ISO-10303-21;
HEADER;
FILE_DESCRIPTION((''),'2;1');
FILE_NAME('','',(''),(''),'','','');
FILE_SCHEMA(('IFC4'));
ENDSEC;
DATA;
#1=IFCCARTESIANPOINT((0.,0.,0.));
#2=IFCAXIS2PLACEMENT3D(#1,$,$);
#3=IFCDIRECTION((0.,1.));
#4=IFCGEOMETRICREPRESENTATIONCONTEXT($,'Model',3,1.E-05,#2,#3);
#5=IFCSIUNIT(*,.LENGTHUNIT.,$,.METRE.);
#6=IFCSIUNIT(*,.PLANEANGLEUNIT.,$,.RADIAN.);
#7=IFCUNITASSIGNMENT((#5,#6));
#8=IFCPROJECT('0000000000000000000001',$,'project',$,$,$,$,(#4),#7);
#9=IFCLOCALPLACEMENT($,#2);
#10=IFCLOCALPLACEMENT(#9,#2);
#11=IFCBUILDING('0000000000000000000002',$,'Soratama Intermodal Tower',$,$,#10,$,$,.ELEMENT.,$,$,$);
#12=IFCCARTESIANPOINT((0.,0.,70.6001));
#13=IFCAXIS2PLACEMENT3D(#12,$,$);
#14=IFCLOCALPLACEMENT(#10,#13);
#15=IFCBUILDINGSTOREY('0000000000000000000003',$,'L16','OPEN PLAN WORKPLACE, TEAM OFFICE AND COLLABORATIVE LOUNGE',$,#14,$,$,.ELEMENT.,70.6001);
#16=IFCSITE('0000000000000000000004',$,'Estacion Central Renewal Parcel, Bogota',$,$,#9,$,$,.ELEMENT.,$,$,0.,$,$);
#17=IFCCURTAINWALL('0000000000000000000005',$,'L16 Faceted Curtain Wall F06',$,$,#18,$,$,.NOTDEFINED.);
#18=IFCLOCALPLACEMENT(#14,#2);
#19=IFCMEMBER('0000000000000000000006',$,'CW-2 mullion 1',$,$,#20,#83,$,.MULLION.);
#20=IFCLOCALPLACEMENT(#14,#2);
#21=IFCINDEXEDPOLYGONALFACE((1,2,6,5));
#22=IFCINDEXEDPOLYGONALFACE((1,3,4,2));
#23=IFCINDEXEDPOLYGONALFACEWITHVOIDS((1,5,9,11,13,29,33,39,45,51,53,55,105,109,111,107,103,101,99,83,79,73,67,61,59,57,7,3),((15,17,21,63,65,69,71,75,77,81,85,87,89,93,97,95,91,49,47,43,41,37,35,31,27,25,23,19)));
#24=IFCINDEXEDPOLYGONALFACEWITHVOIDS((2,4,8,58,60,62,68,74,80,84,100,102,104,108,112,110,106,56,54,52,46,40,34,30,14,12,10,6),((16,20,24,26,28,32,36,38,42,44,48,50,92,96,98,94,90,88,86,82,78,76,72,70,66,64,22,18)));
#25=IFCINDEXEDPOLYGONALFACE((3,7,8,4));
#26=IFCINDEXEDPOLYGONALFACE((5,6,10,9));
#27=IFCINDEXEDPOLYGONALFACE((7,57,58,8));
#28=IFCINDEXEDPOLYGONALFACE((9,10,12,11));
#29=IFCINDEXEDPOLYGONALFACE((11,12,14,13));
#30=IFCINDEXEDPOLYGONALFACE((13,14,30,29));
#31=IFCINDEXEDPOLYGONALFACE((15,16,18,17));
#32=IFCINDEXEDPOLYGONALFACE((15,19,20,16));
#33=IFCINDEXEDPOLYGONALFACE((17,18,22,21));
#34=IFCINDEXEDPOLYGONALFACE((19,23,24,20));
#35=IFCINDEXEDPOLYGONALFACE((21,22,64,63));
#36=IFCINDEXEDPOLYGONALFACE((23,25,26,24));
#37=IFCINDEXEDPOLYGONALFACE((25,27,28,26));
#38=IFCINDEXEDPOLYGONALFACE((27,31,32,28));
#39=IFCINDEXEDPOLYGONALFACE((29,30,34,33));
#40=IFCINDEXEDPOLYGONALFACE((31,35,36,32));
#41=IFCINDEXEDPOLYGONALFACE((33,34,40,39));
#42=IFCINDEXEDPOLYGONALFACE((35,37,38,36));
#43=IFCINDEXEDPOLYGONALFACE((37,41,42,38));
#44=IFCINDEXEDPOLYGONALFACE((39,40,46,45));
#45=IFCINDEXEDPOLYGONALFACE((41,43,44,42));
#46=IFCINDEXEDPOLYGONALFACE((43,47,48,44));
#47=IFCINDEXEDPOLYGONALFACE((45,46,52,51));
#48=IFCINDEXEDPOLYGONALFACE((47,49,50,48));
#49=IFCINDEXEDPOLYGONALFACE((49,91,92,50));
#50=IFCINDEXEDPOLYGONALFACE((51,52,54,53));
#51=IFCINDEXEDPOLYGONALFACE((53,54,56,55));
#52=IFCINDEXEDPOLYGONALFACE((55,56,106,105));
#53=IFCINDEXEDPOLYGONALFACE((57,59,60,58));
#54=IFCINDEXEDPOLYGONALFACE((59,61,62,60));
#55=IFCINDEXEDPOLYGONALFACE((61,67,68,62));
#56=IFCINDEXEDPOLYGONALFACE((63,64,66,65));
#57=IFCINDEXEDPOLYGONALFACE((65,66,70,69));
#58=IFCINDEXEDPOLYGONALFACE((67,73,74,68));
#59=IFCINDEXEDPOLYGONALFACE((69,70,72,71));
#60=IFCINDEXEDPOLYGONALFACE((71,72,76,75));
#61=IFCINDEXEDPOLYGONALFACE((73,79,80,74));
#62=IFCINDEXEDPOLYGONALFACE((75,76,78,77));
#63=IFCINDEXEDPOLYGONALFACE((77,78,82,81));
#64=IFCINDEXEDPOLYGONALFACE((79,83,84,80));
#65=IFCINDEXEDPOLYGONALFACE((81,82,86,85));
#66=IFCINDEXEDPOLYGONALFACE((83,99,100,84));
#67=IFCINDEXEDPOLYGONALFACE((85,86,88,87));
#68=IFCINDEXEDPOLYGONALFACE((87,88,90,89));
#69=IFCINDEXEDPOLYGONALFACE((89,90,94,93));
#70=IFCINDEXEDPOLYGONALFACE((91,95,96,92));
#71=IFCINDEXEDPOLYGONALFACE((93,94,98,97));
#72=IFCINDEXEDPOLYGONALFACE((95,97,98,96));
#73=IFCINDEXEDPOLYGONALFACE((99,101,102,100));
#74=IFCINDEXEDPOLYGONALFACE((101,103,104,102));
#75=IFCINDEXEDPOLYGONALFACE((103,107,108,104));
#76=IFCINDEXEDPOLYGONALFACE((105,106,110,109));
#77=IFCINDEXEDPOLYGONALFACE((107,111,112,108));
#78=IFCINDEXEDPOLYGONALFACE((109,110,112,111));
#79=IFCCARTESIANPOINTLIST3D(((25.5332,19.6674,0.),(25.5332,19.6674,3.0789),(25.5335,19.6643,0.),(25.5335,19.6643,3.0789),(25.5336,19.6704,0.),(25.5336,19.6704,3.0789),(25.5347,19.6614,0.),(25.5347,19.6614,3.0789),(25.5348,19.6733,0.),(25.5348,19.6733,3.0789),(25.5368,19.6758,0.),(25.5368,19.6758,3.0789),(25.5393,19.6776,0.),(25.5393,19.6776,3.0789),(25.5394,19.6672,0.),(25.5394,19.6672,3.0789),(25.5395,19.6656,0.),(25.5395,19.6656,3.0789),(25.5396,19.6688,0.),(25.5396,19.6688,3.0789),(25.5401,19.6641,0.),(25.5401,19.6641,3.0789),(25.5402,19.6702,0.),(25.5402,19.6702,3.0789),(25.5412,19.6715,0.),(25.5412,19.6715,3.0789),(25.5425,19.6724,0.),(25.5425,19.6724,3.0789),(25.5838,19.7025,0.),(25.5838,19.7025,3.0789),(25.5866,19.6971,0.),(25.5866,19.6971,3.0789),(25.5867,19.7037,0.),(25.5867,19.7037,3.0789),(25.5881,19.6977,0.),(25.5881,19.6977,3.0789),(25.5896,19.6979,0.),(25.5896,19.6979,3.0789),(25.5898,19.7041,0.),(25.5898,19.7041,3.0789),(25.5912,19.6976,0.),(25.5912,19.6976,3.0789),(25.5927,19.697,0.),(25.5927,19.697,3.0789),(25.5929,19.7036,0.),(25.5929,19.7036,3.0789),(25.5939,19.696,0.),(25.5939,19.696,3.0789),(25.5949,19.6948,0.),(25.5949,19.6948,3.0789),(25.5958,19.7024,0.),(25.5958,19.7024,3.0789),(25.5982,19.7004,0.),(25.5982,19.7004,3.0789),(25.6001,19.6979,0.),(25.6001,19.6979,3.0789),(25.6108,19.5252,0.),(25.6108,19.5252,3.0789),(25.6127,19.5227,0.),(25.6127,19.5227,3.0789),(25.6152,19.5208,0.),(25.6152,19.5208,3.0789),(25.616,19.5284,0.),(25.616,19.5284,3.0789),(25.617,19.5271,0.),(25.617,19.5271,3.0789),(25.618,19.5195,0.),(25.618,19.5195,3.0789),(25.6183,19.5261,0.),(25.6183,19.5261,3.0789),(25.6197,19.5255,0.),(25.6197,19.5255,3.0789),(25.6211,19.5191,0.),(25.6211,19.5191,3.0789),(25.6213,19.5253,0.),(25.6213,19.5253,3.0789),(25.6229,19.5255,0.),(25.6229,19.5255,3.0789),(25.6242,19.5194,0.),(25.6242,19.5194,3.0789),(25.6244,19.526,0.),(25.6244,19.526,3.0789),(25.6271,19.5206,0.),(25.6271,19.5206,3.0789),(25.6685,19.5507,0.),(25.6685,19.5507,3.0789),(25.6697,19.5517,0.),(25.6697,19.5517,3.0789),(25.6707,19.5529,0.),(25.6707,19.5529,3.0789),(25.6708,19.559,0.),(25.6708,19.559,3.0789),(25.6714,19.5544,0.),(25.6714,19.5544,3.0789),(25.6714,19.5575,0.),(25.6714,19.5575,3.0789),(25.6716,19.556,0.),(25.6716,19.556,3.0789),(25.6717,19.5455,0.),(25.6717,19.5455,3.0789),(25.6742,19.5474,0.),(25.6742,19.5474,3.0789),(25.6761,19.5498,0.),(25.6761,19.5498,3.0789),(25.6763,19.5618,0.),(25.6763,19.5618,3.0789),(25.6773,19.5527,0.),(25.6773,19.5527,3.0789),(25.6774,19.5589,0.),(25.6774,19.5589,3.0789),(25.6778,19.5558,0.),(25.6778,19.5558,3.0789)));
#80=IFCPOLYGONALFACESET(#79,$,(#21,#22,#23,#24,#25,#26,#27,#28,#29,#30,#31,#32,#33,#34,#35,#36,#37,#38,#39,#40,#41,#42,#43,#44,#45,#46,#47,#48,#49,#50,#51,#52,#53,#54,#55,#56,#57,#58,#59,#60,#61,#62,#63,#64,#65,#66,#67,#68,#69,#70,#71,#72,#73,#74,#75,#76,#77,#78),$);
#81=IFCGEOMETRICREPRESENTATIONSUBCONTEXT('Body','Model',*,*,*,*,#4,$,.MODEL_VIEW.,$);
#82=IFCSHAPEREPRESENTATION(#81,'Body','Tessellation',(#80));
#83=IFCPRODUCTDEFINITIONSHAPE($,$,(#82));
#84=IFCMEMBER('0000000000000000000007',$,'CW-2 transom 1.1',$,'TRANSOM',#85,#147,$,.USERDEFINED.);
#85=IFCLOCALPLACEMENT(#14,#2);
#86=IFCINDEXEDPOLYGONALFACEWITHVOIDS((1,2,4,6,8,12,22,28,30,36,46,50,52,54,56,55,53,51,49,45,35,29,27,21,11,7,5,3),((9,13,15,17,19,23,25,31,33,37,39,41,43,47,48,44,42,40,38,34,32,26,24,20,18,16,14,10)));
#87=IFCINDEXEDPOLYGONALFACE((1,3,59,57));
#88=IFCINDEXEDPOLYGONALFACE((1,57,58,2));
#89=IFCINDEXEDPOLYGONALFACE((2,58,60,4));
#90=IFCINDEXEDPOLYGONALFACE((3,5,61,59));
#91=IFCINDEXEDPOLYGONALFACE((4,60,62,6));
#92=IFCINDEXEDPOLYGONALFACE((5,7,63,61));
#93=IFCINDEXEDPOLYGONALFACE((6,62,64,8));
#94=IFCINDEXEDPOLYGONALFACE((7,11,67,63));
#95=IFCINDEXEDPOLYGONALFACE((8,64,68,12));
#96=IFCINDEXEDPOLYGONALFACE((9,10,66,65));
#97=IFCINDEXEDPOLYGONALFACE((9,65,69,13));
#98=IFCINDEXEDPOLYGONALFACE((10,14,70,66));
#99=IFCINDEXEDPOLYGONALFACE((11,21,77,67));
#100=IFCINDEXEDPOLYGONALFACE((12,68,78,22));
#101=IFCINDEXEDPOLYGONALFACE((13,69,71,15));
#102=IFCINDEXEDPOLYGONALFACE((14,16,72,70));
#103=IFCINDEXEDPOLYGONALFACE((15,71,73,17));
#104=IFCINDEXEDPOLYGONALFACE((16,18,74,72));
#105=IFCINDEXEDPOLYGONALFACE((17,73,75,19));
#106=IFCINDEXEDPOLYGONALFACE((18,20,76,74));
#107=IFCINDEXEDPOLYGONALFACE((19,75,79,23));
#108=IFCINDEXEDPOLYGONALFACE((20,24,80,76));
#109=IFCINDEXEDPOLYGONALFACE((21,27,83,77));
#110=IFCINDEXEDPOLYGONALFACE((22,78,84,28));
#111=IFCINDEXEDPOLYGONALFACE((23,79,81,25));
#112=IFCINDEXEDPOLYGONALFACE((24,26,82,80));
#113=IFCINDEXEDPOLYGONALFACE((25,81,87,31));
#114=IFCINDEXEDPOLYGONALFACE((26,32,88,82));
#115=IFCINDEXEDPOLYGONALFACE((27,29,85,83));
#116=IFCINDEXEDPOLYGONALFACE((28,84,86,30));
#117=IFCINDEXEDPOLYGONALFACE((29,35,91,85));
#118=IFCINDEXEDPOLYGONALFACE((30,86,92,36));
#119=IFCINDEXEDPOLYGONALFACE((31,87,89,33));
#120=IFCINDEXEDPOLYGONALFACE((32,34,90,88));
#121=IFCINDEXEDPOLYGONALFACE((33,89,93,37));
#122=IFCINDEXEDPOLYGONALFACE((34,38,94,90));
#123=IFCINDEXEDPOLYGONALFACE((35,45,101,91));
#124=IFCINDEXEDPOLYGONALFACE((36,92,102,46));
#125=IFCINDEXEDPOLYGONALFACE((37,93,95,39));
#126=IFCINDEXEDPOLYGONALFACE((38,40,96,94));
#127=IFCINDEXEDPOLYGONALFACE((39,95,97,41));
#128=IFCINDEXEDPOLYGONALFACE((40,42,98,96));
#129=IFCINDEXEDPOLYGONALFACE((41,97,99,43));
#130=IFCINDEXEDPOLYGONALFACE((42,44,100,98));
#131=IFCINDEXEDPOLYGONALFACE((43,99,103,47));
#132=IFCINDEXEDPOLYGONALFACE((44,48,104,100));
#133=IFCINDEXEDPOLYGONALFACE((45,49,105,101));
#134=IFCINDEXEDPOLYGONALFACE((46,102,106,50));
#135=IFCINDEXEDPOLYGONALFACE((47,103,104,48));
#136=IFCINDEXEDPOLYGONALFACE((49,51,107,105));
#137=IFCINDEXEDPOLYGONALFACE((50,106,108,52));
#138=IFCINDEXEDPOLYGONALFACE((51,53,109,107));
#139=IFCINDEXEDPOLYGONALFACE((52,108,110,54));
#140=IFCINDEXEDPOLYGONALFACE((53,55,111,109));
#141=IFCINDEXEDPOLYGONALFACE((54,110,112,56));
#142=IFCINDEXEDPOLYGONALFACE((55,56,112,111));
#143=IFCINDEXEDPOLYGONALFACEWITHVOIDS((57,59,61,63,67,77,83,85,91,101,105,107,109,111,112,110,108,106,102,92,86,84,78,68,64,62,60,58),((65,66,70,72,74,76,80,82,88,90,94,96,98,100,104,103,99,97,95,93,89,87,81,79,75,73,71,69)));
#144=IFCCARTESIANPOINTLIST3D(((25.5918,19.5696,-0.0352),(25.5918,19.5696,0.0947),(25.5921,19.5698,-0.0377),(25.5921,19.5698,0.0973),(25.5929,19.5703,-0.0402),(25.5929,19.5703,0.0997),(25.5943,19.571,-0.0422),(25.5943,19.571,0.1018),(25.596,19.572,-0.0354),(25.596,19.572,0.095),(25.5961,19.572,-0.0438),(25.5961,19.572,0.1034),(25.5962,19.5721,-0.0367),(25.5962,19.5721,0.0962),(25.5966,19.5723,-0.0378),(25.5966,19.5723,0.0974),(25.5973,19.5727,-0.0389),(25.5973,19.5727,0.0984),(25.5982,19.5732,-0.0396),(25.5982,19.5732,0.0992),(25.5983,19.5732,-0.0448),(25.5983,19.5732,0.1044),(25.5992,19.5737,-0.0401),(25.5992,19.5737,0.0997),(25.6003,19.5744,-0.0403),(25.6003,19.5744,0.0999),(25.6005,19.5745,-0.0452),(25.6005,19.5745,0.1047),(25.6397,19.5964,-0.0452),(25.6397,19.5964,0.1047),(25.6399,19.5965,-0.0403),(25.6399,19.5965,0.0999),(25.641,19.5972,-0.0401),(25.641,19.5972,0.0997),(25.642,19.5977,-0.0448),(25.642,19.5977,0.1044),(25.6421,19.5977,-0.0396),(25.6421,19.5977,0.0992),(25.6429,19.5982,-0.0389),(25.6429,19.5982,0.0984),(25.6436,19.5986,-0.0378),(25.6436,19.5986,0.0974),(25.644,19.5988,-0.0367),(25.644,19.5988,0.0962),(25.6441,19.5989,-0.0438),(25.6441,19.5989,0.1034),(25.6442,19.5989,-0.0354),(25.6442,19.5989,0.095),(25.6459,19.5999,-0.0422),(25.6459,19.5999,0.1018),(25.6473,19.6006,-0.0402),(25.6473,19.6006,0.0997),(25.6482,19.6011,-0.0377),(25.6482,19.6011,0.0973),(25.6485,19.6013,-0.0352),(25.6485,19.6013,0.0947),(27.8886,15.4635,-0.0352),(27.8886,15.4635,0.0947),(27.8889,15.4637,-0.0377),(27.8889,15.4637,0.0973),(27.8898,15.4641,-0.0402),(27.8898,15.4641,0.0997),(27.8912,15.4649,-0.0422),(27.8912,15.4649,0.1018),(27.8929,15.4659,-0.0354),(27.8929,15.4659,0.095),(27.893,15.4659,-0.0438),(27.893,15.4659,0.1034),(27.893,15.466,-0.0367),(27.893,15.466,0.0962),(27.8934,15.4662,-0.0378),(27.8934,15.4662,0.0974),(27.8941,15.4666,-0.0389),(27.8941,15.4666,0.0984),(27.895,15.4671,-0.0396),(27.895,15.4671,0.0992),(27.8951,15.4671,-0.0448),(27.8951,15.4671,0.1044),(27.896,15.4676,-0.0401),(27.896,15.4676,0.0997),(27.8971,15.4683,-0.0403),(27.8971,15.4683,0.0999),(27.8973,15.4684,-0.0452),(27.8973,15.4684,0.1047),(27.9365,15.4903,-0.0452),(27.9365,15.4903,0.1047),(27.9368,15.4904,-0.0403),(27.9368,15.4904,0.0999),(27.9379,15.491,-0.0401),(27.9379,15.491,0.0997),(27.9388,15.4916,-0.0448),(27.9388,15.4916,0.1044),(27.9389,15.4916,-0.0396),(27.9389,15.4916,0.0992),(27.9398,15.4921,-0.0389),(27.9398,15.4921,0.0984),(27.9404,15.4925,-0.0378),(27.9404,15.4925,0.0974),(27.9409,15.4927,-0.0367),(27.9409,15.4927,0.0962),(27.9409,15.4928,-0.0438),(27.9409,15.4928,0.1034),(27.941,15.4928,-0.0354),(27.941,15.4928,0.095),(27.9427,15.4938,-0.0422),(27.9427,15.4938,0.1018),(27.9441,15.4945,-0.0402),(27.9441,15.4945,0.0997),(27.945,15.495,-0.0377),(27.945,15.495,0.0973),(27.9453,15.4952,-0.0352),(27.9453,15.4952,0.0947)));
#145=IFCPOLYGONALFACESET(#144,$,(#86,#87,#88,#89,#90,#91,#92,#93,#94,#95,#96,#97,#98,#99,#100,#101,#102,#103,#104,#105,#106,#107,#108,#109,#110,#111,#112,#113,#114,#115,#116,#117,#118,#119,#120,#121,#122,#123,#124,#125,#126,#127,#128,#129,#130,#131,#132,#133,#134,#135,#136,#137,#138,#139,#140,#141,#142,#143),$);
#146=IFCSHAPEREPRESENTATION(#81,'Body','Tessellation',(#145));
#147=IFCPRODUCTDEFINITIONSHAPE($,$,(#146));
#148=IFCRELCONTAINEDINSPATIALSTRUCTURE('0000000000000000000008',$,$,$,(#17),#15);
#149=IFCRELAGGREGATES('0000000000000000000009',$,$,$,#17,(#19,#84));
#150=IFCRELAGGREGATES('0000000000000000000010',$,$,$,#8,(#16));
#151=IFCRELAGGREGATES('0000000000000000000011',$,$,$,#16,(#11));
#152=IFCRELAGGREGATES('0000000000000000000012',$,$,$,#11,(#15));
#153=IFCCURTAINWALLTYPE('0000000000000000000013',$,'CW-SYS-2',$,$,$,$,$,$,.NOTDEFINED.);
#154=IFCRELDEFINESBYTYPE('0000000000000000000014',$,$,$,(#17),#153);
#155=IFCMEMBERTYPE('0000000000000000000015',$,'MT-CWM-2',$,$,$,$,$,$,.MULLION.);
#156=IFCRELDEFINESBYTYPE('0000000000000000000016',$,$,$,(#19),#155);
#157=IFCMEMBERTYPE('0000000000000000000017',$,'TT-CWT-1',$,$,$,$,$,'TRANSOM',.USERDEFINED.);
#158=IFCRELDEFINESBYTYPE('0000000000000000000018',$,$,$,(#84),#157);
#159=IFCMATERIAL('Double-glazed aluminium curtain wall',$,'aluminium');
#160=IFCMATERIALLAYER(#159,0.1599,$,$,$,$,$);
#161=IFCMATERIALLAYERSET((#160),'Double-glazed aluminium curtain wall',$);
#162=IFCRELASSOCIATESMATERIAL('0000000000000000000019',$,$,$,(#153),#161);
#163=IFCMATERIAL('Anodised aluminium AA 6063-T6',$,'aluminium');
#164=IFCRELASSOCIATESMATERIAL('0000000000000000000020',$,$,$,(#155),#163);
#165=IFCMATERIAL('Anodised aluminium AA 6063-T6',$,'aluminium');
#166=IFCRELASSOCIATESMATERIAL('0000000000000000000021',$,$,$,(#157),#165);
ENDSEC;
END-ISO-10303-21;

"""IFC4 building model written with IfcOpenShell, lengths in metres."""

from ifc_helpers import new_model, si_unit, direction, frame, origin, origin_2d, place, context, subcontext, project, spatial, hollow_rectangle, extrude, material, layer, layer_set, material_profile, profile_set, type_object, element, aggregate, save


model = new_model("IFC4")

# Units and contexts
model_context = context("Model", 3, precision=1e-05, world=origin(), true_north=direction((0.0, 1.0)))
body_context = subcontext(model_context, "Body", "Model", "MODEL_VIEW")
ifc_project = project(units=[si_unit("LENGTHUNIT", "METRE"), si_unit("PLANEANGLEUNIT", "RADIAN")], contexts=[model_context])

# Site, building, storey
site_placement = place(None, origin())
site = spatial("IfcSite", under=ifc_project, at=site_placement, Name="Estacion Central Renewal Parcel, Bogota", CompositionType="ELEMENT", RefElevation=0.0)
building_placement = place(site_placement, origin())
building = spatial("IfcBuilding", under=site, at=building_placement, Name="Soratama Intermodal Tower", CompositionType="ELEMENT")
storey_placement = place(building_placement, frame((0.0, 0.0, 70.6001)))
storey = spatial("IfcBuildingStorey", under=building, at=storey_placement, Name="L16", Description="OPEN PLAN WORKPLACE, TEAM OFFICE AND COLLABORATIVE LOUNGE", CompositionType="ELEMENT", Elevation=70.6001)

# Curtain wall, members
ifc_material_1 = material(Name="Double-glazed aluminium curtain wall", Category="aluminium")
ifc_layer_1 = layer(ifc_material_1, 0.1599)
ifc_layer_set_1 = layer_set([ifc_layer_1], Name="Double-glazed aluminium curtain wall")
curtain_wall_type = type_object("IfcCurtainWallType", Name="CW-SYS-2", PredefinedType="NOTDEFINED", material=ifc_layer_set_1)
curtain_wall_placement = place(storey_placement, origin())
curtain_wall = element("IfcCurtainWall", 1, at=curtain_wall_placement, inside=storey, type_object=curtain_wall_type, Name="L16 Faceted Curtain Wall F06", PredefinedType="NOTDEFINED")
ifc_material_2 = material(Name="Anodised aluminium AA 6063-T6", Category="aluminium")
ifc_material_profile_1 = material_profile(ifc_material_2, hollow_rectangle(XDim=0.075, YDim=0.1799, WallThickness=0.0061, InnerFilletRadius=0.0061, OuterFilletRadius=0.012, at=origin_2d()), Name="CWM180X75X6")
ifc_profile_set_1 = profile_set([ifc_material_profile_1], Name="Anodised aluminium AA 6063-T6")
member_type_1 = type_object("IfcMemberType", Name="MT-CWM-2", PredefinedType="MULLION", material=ifc_profile_set_1)
member_1_placement = place(storey_placement, frame((25.6055, 19.6116, 0.0), z_axis=(0.0, 0.0, 1.0), x_axis=(0.872756, 0.488157, 0.0)))
member_1 = element("IfcMember", 2, at=member_1_placement, type_object=member_type_1, Name="CW-2 mullion 1", PredefinedType="MULLION", context=body_context, shape_type="SweptSolid", body=[
    extrude(hollow_rectangle(XDim=0.075, YDim=0.1799, WallThickness=0.0061, InnerFilletRadius=0.0061, OuterFilletRadius=0.012, at=origin_2d()), origin(), (0.0, 0.0, 1.0), 3.0789),
])
ifc_material_3 = material(Name="Anodised aluminium AA 6063-T6", Category="aluminium")
ifc_material_profile_2 = material_profile(ifc_material_3, hollow_rectangle(XDim=0.0649, YDim=0.1499, WallThickness=0.0049, InnerFilletRadius=0.0049, OuterFilletRadius=0.01, at=origin_2d()), Name="CWT150X65X5")
ifc_profile_set_2 = profile_set([ifc_material_profile_2], Name="Anodised aluminium AA 6063-T6")
member_type_2 = type_object("IfcMemberType", Name="TT-CWT-1", ElementType="TRANSOM", PredefinedType="USERDEFINED", material=ifc_profile_set_2)
member_2_placement = place(storey_placement, frame((25.6201, 19.5854, 0.0298), z_axis=(0.488183, -0.872741, 0.0), x_axis=(0.872741, 0.488183, 0.0)))
member_2 = element("IfcMember", 3, at=member_2_placement, type_object=member_type_2, Name="CW-2 transom 1.1", ObjectType="TRANSOM", PredefinedType="USERDEFINED", context=body_context, shape_type="SweptSolid", body=[
    extrude(hollow_rectangle(XDim=0.0649, YDim=0.1499, WallThickness=0.0049, InnerFilletRadius=0.0049, OuterFilletRadius=0.01, at=origin_2d()), origin(), (0.0, 0.0, 1.0), 4.7048),
])
aggregate(curtain_wall, [member_1, member_2])

save(model, "model.ifc")
